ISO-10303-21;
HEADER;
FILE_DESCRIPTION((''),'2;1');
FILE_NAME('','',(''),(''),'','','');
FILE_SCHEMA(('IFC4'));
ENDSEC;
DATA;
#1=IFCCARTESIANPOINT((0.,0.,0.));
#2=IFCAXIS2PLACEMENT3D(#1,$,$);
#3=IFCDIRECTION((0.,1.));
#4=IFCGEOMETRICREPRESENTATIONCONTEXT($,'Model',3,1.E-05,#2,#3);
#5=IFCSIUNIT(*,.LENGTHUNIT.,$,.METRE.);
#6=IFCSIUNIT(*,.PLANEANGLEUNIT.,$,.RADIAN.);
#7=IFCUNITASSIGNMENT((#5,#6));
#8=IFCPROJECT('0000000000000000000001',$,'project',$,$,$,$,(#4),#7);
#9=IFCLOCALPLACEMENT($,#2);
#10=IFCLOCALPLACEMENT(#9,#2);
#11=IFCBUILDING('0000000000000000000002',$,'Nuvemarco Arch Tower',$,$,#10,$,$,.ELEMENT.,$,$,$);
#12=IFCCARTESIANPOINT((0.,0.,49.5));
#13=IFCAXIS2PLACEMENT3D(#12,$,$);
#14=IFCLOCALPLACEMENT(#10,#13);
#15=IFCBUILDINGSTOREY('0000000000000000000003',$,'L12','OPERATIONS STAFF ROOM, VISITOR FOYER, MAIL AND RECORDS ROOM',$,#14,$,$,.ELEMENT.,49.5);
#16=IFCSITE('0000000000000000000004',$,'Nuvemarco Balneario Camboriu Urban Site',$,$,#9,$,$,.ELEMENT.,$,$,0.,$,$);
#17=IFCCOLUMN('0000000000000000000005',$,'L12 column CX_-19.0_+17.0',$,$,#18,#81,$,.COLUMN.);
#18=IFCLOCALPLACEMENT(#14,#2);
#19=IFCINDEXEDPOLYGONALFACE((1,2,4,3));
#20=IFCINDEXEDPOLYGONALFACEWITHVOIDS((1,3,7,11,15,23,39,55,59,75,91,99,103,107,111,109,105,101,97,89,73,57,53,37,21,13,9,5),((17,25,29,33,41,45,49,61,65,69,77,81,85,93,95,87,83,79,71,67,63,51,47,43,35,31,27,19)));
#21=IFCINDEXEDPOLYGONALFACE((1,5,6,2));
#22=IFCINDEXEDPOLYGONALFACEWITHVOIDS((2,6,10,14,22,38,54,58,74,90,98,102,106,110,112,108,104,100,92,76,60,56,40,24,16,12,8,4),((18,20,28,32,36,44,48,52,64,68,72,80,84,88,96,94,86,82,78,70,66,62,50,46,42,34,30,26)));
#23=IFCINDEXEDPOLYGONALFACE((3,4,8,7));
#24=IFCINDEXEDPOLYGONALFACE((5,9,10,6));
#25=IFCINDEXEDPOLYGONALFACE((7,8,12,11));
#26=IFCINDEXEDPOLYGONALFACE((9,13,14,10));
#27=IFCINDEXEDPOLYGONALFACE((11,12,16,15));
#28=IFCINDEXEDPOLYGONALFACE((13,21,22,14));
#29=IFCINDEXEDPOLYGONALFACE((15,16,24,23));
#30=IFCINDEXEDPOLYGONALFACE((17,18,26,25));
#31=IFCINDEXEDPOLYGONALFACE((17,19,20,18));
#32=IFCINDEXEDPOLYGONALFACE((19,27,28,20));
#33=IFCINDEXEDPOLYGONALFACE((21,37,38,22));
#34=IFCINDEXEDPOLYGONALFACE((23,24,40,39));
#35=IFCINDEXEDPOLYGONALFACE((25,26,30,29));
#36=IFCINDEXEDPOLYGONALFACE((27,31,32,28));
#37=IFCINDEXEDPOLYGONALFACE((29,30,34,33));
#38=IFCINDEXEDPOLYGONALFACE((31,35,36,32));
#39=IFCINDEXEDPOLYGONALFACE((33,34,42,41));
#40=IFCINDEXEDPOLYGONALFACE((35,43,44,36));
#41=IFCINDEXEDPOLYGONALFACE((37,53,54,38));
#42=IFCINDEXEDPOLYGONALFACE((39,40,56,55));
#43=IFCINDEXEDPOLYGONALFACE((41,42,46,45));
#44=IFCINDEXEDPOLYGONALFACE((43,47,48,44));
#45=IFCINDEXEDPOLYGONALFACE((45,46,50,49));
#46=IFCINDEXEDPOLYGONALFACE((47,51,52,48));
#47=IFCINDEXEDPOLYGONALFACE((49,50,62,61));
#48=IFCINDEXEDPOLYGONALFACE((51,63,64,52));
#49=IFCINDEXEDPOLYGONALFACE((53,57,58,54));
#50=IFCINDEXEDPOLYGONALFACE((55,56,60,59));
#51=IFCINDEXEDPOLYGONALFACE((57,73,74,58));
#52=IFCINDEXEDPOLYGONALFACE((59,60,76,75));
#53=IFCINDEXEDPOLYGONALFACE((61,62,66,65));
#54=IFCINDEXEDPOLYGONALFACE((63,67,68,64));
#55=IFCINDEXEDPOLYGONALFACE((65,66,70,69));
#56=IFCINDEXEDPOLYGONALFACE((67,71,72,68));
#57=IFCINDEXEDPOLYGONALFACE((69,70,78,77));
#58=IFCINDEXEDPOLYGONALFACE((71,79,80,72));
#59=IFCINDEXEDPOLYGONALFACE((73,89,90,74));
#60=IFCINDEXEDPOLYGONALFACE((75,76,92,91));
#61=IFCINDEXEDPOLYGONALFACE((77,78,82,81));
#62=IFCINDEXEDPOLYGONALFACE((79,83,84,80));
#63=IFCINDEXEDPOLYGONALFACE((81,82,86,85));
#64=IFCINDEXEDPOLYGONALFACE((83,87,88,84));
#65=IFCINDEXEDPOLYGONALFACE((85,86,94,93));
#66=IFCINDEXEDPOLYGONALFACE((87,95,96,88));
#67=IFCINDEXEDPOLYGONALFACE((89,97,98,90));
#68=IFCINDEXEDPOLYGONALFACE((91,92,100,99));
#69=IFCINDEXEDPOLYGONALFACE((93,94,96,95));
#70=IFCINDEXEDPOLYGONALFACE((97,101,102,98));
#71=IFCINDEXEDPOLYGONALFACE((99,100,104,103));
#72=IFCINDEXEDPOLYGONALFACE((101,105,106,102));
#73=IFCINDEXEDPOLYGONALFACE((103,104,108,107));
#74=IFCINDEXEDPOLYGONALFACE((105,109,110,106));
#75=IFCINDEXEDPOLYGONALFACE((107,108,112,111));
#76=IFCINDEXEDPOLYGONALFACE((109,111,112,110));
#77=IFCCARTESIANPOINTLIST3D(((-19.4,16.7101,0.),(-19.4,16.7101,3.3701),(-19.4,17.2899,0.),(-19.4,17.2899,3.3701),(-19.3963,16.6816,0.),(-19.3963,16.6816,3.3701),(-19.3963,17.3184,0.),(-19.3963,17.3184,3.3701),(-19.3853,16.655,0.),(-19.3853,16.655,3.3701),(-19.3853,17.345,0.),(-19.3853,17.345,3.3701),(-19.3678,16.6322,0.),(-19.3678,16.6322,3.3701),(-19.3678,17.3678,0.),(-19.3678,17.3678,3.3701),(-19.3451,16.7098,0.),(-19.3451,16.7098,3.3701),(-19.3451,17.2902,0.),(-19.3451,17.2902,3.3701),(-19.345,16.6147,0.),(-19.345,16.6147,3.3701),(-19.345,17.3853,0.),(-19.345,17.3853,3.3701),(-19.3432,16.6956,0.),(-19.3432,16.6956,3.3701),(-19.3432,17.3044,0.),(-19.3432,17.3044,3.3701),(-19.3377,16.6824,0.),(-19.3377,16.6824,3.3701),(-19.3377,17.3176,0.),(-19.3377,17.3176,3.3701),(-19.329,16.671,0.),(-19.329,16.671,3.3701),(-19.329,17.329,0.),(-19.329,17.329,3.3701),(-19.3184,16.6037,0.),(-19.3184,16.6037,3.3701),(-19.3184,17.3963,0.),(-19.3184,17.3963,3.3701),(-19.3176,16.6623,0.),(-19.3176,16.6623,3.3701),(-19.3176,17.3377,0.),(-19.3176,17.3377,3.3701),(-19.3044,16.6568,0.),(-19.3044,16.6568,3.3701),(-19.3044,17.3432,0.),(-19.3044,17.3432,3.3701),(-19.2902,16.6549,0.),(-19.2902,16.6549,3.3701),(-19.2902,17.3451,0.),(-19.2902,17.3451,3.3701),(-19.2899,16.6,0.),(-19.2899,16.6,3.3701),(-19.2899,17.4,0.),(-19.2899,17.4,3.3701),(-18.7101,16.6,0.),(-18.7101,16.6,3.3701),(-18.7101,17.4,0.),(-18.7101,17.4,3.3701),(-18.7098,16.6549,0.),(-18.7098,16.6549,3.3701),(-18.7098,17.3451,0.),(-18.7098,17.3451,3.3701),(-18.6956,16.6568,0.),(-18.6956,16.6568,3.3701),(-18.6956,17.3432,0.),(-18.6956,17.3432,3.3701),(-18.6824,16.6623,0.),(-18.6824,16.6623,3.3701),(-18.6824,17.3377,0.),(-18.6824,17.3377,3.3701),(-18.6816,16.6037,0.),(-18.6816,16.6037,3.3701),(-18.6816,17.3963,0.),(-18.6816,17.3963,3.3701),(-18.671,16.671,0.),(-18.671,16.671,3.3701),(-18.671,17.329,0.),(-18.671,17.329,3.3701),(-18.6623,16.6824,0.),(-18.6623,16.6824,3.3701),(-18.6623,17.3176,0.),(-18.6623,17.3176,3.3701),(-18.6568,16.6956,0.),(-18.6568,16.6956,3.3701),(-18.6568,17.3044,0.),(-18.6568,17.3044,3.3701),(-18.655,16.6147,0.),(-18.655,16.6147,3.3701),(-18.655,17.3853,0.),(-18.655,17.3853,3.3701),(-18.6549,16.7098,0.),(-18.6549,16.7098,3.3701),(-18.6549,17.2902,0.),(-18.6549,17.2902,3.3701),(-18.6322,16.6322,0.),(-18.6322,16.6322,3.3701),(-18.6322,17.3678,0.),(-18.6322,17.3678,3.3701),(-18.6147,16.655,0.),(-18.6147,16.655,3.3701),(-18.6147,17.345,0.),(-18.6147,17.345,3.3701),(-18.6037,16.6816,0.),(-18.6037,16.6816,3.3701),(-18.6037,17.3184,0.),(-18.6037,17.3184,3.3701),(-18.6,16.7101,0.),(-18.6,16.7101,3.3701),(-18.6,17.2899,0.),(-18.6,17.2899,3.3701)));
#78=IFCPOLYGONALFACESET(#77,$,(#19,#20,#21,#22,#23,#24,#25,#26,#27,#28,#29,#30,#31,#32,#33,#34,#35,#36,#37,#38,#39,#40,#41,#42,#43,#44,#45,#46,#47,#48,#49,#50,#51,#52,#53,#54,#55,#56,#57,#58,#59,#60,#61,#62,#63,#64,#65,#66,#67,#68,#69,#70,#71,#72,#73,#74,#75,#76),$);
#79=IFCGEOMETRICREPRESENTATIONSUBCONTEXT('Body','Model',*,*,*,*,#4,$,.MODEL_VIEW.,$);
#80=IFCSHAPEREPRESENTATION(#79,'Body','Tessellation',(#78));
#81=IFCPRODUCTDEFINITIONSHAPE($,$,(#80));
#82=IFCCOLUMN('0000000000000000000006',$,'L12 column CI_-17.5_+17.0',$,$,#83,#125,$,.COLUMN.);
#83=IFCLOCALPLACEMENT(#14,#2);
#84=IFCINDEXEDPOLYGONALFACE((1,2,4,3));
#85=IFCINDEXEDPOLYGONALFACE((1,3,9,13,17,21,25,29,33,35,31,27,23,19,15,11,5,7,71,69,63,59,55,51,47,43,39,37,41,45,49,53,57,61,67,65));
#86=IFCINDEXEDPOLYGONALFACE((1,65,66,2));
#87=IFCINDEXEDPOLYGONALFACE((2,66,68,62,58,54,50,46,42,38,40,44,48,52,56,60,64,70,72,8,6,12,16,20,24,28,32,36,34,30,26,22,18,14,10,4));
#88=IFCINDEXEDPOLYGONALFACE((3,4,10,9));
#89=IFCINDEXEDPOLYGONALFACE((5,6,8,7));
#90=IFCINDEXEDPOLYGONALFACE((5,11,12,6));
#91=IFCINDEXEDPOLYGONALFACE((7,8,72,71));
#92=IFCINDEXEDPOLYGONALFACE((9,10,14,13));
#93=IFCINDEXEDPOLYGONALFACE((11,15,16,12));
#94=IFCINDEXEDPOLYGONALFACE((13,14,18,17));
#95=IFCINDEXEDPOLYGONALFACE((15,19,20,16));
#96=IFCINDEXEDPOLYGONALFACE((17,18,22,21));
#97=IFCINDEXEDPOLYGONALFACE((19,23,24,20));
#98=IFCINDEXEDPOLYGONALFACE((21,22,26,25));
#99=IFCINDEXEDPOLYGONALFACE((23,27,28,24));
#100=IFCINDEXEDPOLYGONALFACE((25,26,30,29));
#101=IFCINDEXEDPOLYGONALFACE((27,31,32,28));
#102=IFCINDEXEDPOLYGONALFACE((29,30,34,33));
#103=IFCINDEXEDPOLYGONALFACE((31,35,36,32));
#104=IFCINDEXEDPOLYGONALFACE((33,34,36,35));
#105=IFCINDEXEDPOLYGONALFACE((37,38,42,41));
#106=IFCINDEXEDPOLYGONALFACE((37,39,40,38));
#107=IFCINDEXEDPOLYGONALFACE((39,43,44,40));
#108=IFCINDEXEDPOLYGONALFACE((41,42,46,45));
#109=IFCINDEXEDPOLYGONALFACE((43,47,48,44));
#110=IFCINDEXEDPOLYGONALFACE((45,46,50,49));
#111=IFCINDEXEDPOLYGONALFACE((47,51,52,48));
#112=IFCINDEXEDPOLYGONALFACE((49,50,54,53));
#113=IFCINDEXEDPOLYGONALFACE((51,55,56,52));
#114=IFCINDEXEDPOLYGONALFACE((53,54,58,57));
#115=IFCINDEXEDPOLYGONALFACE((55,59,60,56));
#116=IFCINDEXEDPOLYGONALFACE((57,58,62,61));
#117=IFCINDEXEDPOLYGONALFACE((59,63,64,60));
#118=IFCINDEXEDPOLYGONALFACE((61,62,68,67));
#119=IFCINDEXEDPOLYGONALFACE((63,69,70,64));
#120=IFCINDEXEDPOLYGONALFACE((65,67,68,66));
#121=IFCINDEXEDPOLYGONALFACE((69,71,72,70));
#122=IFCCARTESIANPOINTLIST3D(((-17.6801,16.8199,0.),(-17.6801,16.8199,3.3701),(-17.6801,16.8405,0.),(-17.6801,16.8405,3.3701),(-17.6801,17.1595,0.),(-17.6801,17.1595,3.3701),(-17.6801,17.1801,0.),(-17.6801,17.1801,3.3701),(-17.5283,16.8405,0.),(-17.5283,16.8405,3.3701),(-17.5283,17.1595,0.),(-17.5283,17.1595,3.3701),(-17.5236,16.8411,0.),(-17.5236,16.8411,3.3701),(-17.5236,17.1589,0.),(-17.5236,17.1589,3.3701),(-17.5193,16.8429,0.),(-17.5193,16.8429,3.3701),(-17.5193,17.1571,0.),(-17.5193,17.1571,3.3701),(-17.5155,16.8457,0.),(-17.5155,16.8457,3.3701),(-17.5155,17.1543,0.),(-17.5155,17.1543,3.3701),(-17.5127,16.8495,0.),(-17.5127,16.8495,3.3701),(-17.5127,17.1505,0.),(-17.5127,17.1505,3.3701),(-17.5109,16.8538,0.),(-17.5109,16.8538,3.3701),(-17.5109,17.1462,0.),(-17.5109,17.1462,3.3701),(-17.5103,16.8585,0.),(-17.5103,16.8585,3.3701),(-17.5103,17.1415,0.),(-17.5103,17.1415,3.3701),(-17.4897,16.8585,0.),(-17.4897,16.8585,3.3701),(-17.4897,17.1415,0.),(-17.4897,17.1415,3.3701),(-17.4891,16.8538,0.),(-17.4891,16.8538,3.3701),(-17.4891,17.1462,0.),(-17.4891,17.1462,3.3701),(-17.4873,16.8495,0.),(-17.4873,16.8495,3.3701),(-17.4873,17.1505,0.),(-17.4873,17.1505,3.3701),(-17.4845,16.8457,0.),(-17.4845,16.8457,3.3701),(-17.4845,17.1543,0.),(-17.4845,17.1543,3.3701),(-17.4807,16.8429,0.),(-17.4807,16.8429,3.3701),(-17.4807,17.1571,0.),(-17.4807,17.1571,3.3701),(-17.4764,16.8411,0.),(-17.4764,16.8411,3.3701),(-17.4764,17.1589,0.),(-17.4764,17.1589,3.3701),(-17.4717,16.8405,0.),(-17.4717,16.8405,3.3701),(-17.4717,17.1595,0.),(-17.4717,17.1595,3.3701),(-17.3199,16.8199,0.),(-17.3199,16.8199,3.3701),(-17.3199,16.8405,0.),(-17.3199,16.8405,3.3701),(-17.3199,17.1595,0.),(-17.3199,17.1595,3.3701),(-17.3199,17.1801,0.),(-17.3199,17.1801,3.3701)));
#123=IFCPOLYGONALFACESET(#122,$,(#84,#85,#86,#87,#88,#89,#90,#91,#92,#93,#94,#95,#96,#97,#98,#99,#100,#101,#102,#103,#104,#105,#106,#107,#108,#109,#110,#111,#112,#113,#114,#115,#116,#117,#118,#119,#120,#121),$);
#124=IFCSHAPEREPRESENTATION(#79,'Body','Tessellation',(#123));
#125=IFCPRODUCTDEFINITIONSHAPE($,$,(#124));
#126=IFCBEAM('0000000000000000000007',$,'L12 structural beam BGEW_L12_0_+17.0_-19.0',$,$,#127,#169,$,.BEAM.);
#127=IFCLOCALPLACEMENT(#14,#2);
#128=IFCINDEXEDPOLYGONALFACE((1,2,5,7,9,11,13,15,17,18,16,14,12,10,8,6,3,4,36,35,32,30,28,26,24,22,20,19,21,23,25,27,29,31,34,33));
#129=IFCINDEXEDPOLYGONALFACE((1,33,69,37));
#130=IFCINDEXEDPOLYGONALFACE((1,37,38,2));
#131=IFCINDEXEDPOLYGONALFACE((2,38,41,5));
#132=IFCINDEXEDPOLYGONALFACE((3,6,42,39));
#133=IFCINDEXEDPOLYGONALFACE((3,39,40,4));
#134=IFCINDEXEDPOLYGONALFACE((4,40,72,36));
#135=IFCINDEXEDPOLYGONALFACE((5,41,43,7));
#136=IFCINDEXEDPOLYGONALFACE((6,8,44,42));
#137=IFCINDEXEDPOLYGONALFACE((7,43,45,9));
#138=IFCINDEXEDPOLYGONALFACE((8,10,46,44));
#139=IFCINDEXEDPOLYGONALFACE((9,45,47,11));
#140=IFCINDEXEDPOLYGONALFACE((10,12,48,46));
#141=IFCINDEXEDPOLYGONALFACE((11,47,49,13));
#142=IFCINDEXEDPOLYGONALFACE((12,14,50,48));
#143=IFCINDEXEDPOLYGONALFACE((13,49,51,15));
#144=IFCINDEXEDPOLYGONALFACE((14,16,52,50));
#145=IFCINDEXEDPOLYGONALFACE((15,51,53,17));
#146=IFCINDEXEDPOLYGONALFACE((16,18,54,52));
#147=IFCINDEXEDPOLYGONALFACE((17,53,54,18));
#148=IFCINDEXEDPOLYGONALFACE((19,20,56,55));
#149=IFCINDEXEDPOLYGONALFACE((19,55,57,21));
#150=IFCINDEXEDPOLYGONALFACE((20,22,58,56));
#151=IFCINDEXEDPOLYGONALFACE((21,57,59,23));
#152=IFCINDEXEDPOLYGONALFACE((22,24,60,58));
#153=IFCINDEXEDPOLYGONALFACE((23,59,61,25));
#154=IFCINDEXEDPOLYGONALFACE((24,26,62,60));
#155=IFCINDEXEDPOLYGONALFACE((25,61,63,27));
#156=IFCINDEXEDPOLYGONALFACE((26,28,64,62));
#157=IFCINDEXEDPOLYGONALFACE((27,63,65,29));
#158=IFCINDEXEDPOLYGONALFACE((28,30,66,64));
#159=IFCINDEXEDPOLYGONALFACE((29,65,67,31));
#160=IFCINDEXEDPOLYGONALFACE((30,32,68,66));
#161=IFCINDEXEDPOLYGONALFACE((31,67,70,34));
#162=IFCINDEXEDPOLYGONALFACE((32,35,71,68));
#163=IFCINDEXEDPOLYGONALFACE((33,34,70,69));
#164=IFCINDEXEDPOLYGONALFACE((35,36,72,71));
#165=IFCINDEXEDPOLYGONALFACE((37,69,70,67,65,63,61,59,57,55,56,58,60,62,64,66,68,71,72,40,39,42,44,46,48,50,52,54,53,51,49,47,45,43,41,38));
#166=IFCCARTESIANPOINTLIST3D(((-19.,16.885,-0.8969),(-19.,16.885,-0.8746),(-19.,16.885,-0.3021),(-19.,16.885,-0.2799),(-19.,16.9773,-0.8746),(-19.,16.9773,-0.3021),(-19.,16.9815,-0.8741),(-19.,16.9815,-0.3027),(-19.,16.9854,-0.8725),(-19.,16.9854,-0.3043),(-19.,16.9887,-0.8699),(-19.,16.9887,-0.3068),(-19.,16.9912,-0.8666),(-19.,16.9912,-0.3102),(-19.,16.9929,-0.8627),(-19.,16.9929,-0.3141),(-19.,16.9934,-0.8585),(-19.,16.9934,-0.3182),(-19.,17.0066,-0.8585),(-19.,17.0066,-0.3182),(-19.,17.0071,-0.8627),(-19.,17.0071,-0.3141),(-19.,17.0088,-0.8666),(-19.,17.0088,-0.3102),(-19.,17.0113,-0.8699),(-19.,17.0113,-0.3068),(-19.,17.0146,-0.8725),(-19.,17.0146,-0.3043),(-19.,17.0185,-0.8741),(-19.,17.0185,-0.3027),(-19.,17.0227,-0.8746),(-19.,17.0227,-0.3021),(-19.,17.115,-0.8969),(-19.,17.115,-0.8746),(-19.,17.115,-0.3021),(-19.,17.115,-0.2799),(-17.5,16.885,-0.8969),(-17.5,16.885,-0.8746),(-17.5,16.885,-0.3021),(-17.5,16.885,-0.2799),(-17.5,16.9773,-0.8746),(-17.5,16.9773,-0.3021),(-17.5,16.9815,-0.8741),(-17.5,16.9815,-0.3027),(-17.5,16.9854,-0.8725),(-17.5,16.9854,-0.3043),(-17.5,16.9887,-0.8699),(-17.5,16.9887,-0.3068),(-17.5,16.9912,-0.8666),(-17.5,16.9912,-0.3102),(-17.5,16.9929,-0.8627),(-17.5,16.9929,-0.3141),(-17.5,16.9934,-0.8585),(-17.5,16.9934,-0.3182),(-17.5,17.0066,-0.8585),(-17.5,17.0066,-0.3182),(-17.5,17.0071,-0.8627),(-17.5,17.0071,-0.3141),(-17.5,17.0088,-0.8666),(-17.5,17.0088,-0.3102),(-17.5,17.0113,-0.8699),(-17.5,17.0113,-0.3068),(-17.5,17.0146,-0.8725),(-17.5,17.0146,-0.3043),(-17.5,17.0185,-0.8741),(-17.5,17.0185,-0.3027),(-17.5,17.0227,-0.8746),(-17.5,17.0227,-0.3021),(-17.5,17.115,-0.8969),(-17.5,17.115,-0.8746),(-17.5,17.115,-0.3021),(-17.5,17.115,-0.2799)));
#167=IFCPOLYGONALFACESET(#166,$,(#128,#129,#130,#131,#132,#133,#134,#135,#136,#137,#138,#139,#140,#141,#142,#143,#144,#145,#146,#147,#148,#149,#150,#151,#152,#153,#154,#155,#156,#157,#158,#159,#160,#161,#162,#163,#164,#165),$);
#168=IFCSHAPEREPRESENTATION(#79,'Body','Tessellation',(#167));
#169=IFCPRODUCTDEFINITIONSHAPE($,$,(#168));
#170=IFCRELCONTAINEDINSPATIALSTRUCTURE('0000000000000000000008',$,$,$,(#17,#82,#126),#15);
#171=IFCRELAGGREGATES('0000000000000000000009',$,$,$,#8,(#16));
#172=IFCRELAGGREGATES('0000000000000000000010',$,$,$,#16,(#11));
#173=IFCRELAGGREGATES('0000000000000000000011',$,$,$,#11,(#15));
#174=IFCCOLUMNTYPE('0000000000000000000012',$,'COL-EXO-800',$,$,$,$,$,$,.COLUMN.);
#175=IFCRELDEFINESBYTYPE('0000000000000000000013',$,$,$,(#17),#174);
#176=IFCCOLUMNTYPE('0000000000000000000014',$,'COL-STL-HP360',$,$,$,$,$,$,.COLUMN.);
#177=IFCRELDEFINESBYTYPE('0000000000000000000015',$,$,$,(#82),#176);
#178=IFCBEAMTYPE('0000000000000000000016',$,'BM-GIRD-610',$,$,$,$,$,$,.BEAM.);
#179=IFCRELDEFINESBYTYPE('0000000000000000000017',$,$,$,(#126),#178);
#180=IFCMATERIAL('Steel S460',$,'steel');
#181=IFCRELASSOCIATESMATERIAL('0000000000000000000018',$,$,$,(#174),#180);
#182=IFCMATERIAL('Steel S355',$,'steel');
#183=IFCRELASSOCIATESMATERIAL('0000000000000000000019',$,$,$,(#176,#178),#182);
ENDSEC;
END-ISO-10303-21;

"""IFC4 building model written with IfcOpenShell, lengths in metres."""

from ifc_helpers import new_model, si_unit, direction, frame, origin, origin_2d, place, context, subcontext, project, spatial, hollow_rectangle, i_section, extrude, material, material_profile, profile_set, type_object, element, save


model = new_model("IFC4")

# Units and contexts
model_context = context("Model", 3, precision=1e-05, world=origin(), true_north=direction((0.0, 1.0)))
body_context = subcontext(model_context, "Body", "Model", "MODEL_VIEW")
ifc_project = project(units=[si_unit("LENGTHUNIT", "METRE"), si_unit("PLANEANGLEUNIT", "RADIAN")], contexts=[model_context])

# Site, building, storey
site_placement = place(None, origin())
site = spatial("IfcSite", under=ifc_project, at=site_placement, Name="Nuvemarco Balneario Camboriu Urban Site", CompositionType="ELEMENT", RefElevation=0.0)
building_placement = place(site_placement, origin())
building = spatial("IfcBuilding", under=site, at=building_placement, Name="Nuvemarco Arch Tower", CompositionType="ELEMENT")
storey_placement = place(building_placement, frame((0.0, 0.0, 49.5)))
storey = spatial("IfcBuildingStorey", under=building, at=storey_placement, Name="L12", Description="OPERATIONS STAFF ROOM, VISITOR FOYER, MAIL AND RECORDS ROOM", CompositionType="ELEMENT", Elevation=49.5)

# Columns
ifc_material_1 = material(Name="Steel S460", Category="steel")
ifc_material_profile_1 = material_profile(ifc_material_1, hollow_rectangle(XDim=0.8, YDim=0.8, WallThickness=0.0549, InnerFilletRadius=0.0549, OuterFilletRadius=0.1101, at=origin_2d()), Name="SHS800x800x55")
ifc_profile_set_1 = profile_set([ifc_material_profile_1], Name="Steel S460")
column_type_1 = type_object("IfcColumnType", Name="COL-EXO-800", PredefinedType="COLUMN", material=ifc_profile_set_1)
column_1_placement = place(storey_placement, frame((-19.0, 17.0, 0.0), z_axis=(0.0, 0.0, 1.0), x_axis=(1.0, 0.0, 0.0)))
element("IfcColumn", 1, at=column_1_placement, inside=storey, type_object=column_type_1, Name="L12 column CX_-19.0_+17.0", PredefinedType="COLUMN", context=body_context, shape_type="SweptSolid", body=[
    extrude(hollow_rectangle(XDim=0.8, YDim=0.8, WallThickness=0.0549, InnerFilletRadius=0.0549, OuterFilletRadius=0.1101, at=origin_2d()), origin(), (0.0, 0.0, 1.0), 3.3701),
])
ifc_material_2 = material(Name="Steel S355", Category="steel")
ifc_material_profile_2 = material_profile(ifc_material_2, i_section(OverallWidth=0.3601, OverallDepth=0.3601, WebThickness=0.0205, FlangeThickness=0.0205, FilletRadius=0.0181, at=origin_2d()), Name="HP360x174")
ifc_profile_set_2 = profile_set([ifc_material_profile_2], Name="Steel S355")
column_type_2 = type_object("IfcColumnType", Name="COL-STL-HP360", PredefinedType="COLUMN", material=ifc_profile_set_2)
column_2_placement = place(storey_placement, frame((-17.5, 17.0, 0.0), z_axis=(0.0, 0.0, 1.0), x_axis=(1.0, 0.0, 0.0)))
element("IfcColumn", 2, at=column_2_placement, inside=storey, type_object=column_type_2, Name="L12 column CI_-17.5_+17.0", PredefinedType="COLUMN", context=body_context, shape_type="SweptSolid", body=[
    extrude(i_section(OverallWidth=0.3601, OverallDepth=0.3601, WebThickness=0.0205, FlangeThickness=0.0205, FilletRadius=0.0181, at=origin_2d()), origin(), (0.0, 0.0, 1.0), 3.3701),
])

# Beam
ifc_material_profile_3 = material_profile(ifc_material_2, i_section(OverallWidth=0.23, OverallDepth=0.6169, WebThickness=0.0132, FlangeThickness=0.0222, FilletRadius=0.0161, at=origin_2d()), Name="W610x140")
ifc_profile_set_3 = profile_set([ifc_material_profile_3], Name="Steel S355")
beam_type = type_object("IfcBeamType", Name="BM-GIRD-610", PredefinedType="BEAM", material=ifc_profile_set_3)
beam_1_placement = place(storey_placement, frame((-19.0, 17.0, -0.5884), z_axis=(1.0, 0.0, 0.0), x_axis=(0.0, 1.0, 0.0)))
element("IfcBeam", 3, at=beam_1_placement, inside=storey, type_object=beam_type, Name="L12 structural beam BGEW_L12_0_+17.0_-19.0", PredefinedType="BEAM", context=body_context, shape_type="SweptSolid", body=[
    extrude(i_section(OverallWidth=0.23, OverallDepth=0.6169, WebThickness=0.0132, FlangeThickness=0.0222, FilletRadius=0.0161, at=origin_2d()), origin(), (0.0, 0.0, 1.0), 1.5),
])

save(model, "model.ifc")
